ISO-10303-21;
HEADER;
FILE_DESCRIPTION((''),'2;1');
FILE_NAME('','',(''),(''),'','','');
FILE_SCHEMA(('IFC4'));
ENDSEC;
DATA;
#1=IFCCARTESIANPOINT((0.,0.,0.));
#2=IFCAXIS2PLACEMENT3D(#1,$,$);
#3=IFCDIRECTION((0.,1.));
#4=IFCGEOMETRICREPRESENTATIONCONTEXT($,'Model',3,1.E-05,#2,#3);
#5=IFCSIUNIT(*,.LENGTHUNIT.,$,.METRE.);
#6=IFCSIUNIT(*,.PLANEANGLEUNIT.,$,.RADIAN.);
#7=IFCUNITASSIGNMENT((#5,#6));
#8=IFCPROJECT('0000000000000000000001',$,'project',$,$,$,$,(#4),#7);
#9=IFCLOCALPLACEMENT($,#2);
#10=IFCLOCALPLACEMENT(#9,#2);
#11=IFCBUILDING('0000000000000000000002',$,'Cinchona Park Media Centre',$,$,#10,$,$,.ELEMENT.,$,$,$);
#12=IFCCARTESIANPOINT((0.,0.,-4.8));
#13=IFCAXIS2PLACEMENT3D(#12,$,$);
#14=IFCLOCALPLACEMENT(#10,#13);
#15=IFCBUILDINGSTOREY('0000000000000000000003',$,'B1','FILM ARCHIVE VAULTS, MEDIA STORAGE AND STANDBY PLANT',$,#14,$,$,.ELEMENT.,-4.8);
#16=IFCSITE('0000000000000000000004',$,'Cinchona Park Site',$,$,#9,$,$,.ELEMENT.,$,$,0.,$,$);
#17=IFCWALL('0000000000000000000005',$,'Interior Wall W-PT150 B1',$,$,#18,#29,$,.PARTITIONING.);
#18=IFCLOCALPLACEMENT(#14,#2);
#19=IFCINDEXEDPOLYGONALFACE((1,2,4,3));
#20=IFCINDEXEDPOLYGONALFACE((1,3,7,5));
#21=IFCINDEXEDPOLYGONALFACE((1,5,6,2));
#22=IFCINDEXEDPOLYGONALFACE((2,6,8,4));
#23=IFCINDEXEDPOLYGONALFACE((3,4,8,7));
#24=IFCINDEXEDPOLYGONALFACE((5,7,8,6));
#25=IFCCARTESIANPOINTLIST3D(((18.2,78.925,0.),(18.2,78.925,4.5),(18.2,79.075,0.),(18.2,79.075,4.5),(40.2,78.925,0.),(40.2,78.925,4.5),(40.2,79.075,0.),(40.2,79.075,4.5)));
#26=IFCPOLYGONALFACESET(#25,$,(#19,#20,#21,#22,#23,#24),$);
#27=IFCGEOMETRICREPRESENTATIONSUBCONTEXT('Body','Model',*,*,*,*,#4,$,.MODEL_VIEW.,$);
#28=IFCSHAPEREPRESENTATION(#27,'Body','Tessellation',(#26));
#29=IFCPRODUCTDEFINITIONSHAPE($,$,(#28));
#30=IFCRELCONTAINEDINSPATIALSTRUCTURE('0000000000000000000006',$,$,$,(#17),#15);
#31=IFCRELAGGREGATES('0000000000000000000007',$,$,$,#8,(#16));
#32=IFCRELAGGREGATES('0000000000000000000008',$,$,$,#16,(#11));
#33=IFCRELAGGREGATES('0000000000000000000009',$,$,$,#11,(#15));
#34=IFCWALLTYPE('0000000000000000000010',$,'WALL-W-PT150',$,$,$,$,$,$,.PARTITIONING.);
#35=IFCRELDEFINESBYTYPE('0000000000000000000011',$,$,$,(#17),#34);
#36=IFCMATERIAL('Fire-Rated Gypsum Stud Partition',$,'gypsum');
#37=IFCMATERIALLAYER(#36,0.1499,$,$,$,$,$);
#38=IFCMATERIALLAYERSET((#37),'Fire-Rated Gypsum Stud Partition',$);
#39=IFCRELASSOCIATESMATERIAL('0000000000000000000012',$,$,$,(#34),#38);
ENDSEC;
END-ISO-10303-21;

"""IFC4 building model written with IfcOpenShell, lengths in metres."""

from ifc_helpers import new_model, si_unit, direction, frame, frame_2d, origin, place, context, subcontext, project, spatial, rectangle, extrude, material, layer, layer_set, type_object, element, save


model = new_model("IFC4")

# Units and contexts
model_context = context("Model", 3, precision=1e-05, world=origin(), true_north=direction((0.0, 1.0)))
body_context = subcontext(model_context, "Body", "Model", "MODEL_VIEW")
ifc_project = project(units=[si_unit("LENGTHUNIT", "METRE"), si_unit("PLANEANGLEUNIT", "RADIAN")], contexts=[model_context])

# Site, building, storey
site_placement = place(None, origin())
site = spatial("IfcSite", under=ifc_project, at=site_placement, Name="Cinchona Park Site", CompositionType="ELEMENT", RefElevation=0.0)
building_placement = place(site_placement, origin())
building = spatial("IfcBuilding", under=site, at=building_placement, Name="Cinchona Park Media Centre", CompositionType="ELEMENT")
storey_placement = place(building_placement, frame((0.0, 0.0, -4.8)))
storey = spatial("IfcBuildingStorey", under=building, at=storey_placement, Name="B1", Description="FILM ARCHIVE VAULTS, MEDIA STORAGE AND STANDBY PLANT", CompositionType="ELEMENT", Elevation=-4.8)

# Wall
ifc_material_1 = material(Name="Fire-Rated Gypsum Stud Partition", Category="gypsum")
ifc_layer_1 = layer(ifc_material_1, 0.1499)
ifc_layer_set_1 = layer_set([ifc_layer_1], Name="Fire-Rated Gypsum Stud Partition")
wall_type_1 = type_object("IfcWallType", Name="WALL-W-PT150", PredefinedType="PARTITIONING", material=ifc_layer_set_1)
wall_1_placement = place(storey_placement, frame((18.2, 79.0, 0.0), z_axis=(0.0, 0.0, 1.0), x_axis=(1.0, 0.0, 0.0)))
element("IfcWall", 1, at=wall_1_placement, inside=storey, type_object=wall_type_1, Name="Interior Wall W-PT150 B1", PredefinedType="PARTITIONING", context=body_context, shape_type="SweptSolid", body=[
    extrude(rectangle(XDim=22.0, YDim=0.1499, at=frame_2d((11.0, 0.0))), origin(), (0.0, 0.0, 1.0), 4.5),
])

save(model, "model.ifc")
